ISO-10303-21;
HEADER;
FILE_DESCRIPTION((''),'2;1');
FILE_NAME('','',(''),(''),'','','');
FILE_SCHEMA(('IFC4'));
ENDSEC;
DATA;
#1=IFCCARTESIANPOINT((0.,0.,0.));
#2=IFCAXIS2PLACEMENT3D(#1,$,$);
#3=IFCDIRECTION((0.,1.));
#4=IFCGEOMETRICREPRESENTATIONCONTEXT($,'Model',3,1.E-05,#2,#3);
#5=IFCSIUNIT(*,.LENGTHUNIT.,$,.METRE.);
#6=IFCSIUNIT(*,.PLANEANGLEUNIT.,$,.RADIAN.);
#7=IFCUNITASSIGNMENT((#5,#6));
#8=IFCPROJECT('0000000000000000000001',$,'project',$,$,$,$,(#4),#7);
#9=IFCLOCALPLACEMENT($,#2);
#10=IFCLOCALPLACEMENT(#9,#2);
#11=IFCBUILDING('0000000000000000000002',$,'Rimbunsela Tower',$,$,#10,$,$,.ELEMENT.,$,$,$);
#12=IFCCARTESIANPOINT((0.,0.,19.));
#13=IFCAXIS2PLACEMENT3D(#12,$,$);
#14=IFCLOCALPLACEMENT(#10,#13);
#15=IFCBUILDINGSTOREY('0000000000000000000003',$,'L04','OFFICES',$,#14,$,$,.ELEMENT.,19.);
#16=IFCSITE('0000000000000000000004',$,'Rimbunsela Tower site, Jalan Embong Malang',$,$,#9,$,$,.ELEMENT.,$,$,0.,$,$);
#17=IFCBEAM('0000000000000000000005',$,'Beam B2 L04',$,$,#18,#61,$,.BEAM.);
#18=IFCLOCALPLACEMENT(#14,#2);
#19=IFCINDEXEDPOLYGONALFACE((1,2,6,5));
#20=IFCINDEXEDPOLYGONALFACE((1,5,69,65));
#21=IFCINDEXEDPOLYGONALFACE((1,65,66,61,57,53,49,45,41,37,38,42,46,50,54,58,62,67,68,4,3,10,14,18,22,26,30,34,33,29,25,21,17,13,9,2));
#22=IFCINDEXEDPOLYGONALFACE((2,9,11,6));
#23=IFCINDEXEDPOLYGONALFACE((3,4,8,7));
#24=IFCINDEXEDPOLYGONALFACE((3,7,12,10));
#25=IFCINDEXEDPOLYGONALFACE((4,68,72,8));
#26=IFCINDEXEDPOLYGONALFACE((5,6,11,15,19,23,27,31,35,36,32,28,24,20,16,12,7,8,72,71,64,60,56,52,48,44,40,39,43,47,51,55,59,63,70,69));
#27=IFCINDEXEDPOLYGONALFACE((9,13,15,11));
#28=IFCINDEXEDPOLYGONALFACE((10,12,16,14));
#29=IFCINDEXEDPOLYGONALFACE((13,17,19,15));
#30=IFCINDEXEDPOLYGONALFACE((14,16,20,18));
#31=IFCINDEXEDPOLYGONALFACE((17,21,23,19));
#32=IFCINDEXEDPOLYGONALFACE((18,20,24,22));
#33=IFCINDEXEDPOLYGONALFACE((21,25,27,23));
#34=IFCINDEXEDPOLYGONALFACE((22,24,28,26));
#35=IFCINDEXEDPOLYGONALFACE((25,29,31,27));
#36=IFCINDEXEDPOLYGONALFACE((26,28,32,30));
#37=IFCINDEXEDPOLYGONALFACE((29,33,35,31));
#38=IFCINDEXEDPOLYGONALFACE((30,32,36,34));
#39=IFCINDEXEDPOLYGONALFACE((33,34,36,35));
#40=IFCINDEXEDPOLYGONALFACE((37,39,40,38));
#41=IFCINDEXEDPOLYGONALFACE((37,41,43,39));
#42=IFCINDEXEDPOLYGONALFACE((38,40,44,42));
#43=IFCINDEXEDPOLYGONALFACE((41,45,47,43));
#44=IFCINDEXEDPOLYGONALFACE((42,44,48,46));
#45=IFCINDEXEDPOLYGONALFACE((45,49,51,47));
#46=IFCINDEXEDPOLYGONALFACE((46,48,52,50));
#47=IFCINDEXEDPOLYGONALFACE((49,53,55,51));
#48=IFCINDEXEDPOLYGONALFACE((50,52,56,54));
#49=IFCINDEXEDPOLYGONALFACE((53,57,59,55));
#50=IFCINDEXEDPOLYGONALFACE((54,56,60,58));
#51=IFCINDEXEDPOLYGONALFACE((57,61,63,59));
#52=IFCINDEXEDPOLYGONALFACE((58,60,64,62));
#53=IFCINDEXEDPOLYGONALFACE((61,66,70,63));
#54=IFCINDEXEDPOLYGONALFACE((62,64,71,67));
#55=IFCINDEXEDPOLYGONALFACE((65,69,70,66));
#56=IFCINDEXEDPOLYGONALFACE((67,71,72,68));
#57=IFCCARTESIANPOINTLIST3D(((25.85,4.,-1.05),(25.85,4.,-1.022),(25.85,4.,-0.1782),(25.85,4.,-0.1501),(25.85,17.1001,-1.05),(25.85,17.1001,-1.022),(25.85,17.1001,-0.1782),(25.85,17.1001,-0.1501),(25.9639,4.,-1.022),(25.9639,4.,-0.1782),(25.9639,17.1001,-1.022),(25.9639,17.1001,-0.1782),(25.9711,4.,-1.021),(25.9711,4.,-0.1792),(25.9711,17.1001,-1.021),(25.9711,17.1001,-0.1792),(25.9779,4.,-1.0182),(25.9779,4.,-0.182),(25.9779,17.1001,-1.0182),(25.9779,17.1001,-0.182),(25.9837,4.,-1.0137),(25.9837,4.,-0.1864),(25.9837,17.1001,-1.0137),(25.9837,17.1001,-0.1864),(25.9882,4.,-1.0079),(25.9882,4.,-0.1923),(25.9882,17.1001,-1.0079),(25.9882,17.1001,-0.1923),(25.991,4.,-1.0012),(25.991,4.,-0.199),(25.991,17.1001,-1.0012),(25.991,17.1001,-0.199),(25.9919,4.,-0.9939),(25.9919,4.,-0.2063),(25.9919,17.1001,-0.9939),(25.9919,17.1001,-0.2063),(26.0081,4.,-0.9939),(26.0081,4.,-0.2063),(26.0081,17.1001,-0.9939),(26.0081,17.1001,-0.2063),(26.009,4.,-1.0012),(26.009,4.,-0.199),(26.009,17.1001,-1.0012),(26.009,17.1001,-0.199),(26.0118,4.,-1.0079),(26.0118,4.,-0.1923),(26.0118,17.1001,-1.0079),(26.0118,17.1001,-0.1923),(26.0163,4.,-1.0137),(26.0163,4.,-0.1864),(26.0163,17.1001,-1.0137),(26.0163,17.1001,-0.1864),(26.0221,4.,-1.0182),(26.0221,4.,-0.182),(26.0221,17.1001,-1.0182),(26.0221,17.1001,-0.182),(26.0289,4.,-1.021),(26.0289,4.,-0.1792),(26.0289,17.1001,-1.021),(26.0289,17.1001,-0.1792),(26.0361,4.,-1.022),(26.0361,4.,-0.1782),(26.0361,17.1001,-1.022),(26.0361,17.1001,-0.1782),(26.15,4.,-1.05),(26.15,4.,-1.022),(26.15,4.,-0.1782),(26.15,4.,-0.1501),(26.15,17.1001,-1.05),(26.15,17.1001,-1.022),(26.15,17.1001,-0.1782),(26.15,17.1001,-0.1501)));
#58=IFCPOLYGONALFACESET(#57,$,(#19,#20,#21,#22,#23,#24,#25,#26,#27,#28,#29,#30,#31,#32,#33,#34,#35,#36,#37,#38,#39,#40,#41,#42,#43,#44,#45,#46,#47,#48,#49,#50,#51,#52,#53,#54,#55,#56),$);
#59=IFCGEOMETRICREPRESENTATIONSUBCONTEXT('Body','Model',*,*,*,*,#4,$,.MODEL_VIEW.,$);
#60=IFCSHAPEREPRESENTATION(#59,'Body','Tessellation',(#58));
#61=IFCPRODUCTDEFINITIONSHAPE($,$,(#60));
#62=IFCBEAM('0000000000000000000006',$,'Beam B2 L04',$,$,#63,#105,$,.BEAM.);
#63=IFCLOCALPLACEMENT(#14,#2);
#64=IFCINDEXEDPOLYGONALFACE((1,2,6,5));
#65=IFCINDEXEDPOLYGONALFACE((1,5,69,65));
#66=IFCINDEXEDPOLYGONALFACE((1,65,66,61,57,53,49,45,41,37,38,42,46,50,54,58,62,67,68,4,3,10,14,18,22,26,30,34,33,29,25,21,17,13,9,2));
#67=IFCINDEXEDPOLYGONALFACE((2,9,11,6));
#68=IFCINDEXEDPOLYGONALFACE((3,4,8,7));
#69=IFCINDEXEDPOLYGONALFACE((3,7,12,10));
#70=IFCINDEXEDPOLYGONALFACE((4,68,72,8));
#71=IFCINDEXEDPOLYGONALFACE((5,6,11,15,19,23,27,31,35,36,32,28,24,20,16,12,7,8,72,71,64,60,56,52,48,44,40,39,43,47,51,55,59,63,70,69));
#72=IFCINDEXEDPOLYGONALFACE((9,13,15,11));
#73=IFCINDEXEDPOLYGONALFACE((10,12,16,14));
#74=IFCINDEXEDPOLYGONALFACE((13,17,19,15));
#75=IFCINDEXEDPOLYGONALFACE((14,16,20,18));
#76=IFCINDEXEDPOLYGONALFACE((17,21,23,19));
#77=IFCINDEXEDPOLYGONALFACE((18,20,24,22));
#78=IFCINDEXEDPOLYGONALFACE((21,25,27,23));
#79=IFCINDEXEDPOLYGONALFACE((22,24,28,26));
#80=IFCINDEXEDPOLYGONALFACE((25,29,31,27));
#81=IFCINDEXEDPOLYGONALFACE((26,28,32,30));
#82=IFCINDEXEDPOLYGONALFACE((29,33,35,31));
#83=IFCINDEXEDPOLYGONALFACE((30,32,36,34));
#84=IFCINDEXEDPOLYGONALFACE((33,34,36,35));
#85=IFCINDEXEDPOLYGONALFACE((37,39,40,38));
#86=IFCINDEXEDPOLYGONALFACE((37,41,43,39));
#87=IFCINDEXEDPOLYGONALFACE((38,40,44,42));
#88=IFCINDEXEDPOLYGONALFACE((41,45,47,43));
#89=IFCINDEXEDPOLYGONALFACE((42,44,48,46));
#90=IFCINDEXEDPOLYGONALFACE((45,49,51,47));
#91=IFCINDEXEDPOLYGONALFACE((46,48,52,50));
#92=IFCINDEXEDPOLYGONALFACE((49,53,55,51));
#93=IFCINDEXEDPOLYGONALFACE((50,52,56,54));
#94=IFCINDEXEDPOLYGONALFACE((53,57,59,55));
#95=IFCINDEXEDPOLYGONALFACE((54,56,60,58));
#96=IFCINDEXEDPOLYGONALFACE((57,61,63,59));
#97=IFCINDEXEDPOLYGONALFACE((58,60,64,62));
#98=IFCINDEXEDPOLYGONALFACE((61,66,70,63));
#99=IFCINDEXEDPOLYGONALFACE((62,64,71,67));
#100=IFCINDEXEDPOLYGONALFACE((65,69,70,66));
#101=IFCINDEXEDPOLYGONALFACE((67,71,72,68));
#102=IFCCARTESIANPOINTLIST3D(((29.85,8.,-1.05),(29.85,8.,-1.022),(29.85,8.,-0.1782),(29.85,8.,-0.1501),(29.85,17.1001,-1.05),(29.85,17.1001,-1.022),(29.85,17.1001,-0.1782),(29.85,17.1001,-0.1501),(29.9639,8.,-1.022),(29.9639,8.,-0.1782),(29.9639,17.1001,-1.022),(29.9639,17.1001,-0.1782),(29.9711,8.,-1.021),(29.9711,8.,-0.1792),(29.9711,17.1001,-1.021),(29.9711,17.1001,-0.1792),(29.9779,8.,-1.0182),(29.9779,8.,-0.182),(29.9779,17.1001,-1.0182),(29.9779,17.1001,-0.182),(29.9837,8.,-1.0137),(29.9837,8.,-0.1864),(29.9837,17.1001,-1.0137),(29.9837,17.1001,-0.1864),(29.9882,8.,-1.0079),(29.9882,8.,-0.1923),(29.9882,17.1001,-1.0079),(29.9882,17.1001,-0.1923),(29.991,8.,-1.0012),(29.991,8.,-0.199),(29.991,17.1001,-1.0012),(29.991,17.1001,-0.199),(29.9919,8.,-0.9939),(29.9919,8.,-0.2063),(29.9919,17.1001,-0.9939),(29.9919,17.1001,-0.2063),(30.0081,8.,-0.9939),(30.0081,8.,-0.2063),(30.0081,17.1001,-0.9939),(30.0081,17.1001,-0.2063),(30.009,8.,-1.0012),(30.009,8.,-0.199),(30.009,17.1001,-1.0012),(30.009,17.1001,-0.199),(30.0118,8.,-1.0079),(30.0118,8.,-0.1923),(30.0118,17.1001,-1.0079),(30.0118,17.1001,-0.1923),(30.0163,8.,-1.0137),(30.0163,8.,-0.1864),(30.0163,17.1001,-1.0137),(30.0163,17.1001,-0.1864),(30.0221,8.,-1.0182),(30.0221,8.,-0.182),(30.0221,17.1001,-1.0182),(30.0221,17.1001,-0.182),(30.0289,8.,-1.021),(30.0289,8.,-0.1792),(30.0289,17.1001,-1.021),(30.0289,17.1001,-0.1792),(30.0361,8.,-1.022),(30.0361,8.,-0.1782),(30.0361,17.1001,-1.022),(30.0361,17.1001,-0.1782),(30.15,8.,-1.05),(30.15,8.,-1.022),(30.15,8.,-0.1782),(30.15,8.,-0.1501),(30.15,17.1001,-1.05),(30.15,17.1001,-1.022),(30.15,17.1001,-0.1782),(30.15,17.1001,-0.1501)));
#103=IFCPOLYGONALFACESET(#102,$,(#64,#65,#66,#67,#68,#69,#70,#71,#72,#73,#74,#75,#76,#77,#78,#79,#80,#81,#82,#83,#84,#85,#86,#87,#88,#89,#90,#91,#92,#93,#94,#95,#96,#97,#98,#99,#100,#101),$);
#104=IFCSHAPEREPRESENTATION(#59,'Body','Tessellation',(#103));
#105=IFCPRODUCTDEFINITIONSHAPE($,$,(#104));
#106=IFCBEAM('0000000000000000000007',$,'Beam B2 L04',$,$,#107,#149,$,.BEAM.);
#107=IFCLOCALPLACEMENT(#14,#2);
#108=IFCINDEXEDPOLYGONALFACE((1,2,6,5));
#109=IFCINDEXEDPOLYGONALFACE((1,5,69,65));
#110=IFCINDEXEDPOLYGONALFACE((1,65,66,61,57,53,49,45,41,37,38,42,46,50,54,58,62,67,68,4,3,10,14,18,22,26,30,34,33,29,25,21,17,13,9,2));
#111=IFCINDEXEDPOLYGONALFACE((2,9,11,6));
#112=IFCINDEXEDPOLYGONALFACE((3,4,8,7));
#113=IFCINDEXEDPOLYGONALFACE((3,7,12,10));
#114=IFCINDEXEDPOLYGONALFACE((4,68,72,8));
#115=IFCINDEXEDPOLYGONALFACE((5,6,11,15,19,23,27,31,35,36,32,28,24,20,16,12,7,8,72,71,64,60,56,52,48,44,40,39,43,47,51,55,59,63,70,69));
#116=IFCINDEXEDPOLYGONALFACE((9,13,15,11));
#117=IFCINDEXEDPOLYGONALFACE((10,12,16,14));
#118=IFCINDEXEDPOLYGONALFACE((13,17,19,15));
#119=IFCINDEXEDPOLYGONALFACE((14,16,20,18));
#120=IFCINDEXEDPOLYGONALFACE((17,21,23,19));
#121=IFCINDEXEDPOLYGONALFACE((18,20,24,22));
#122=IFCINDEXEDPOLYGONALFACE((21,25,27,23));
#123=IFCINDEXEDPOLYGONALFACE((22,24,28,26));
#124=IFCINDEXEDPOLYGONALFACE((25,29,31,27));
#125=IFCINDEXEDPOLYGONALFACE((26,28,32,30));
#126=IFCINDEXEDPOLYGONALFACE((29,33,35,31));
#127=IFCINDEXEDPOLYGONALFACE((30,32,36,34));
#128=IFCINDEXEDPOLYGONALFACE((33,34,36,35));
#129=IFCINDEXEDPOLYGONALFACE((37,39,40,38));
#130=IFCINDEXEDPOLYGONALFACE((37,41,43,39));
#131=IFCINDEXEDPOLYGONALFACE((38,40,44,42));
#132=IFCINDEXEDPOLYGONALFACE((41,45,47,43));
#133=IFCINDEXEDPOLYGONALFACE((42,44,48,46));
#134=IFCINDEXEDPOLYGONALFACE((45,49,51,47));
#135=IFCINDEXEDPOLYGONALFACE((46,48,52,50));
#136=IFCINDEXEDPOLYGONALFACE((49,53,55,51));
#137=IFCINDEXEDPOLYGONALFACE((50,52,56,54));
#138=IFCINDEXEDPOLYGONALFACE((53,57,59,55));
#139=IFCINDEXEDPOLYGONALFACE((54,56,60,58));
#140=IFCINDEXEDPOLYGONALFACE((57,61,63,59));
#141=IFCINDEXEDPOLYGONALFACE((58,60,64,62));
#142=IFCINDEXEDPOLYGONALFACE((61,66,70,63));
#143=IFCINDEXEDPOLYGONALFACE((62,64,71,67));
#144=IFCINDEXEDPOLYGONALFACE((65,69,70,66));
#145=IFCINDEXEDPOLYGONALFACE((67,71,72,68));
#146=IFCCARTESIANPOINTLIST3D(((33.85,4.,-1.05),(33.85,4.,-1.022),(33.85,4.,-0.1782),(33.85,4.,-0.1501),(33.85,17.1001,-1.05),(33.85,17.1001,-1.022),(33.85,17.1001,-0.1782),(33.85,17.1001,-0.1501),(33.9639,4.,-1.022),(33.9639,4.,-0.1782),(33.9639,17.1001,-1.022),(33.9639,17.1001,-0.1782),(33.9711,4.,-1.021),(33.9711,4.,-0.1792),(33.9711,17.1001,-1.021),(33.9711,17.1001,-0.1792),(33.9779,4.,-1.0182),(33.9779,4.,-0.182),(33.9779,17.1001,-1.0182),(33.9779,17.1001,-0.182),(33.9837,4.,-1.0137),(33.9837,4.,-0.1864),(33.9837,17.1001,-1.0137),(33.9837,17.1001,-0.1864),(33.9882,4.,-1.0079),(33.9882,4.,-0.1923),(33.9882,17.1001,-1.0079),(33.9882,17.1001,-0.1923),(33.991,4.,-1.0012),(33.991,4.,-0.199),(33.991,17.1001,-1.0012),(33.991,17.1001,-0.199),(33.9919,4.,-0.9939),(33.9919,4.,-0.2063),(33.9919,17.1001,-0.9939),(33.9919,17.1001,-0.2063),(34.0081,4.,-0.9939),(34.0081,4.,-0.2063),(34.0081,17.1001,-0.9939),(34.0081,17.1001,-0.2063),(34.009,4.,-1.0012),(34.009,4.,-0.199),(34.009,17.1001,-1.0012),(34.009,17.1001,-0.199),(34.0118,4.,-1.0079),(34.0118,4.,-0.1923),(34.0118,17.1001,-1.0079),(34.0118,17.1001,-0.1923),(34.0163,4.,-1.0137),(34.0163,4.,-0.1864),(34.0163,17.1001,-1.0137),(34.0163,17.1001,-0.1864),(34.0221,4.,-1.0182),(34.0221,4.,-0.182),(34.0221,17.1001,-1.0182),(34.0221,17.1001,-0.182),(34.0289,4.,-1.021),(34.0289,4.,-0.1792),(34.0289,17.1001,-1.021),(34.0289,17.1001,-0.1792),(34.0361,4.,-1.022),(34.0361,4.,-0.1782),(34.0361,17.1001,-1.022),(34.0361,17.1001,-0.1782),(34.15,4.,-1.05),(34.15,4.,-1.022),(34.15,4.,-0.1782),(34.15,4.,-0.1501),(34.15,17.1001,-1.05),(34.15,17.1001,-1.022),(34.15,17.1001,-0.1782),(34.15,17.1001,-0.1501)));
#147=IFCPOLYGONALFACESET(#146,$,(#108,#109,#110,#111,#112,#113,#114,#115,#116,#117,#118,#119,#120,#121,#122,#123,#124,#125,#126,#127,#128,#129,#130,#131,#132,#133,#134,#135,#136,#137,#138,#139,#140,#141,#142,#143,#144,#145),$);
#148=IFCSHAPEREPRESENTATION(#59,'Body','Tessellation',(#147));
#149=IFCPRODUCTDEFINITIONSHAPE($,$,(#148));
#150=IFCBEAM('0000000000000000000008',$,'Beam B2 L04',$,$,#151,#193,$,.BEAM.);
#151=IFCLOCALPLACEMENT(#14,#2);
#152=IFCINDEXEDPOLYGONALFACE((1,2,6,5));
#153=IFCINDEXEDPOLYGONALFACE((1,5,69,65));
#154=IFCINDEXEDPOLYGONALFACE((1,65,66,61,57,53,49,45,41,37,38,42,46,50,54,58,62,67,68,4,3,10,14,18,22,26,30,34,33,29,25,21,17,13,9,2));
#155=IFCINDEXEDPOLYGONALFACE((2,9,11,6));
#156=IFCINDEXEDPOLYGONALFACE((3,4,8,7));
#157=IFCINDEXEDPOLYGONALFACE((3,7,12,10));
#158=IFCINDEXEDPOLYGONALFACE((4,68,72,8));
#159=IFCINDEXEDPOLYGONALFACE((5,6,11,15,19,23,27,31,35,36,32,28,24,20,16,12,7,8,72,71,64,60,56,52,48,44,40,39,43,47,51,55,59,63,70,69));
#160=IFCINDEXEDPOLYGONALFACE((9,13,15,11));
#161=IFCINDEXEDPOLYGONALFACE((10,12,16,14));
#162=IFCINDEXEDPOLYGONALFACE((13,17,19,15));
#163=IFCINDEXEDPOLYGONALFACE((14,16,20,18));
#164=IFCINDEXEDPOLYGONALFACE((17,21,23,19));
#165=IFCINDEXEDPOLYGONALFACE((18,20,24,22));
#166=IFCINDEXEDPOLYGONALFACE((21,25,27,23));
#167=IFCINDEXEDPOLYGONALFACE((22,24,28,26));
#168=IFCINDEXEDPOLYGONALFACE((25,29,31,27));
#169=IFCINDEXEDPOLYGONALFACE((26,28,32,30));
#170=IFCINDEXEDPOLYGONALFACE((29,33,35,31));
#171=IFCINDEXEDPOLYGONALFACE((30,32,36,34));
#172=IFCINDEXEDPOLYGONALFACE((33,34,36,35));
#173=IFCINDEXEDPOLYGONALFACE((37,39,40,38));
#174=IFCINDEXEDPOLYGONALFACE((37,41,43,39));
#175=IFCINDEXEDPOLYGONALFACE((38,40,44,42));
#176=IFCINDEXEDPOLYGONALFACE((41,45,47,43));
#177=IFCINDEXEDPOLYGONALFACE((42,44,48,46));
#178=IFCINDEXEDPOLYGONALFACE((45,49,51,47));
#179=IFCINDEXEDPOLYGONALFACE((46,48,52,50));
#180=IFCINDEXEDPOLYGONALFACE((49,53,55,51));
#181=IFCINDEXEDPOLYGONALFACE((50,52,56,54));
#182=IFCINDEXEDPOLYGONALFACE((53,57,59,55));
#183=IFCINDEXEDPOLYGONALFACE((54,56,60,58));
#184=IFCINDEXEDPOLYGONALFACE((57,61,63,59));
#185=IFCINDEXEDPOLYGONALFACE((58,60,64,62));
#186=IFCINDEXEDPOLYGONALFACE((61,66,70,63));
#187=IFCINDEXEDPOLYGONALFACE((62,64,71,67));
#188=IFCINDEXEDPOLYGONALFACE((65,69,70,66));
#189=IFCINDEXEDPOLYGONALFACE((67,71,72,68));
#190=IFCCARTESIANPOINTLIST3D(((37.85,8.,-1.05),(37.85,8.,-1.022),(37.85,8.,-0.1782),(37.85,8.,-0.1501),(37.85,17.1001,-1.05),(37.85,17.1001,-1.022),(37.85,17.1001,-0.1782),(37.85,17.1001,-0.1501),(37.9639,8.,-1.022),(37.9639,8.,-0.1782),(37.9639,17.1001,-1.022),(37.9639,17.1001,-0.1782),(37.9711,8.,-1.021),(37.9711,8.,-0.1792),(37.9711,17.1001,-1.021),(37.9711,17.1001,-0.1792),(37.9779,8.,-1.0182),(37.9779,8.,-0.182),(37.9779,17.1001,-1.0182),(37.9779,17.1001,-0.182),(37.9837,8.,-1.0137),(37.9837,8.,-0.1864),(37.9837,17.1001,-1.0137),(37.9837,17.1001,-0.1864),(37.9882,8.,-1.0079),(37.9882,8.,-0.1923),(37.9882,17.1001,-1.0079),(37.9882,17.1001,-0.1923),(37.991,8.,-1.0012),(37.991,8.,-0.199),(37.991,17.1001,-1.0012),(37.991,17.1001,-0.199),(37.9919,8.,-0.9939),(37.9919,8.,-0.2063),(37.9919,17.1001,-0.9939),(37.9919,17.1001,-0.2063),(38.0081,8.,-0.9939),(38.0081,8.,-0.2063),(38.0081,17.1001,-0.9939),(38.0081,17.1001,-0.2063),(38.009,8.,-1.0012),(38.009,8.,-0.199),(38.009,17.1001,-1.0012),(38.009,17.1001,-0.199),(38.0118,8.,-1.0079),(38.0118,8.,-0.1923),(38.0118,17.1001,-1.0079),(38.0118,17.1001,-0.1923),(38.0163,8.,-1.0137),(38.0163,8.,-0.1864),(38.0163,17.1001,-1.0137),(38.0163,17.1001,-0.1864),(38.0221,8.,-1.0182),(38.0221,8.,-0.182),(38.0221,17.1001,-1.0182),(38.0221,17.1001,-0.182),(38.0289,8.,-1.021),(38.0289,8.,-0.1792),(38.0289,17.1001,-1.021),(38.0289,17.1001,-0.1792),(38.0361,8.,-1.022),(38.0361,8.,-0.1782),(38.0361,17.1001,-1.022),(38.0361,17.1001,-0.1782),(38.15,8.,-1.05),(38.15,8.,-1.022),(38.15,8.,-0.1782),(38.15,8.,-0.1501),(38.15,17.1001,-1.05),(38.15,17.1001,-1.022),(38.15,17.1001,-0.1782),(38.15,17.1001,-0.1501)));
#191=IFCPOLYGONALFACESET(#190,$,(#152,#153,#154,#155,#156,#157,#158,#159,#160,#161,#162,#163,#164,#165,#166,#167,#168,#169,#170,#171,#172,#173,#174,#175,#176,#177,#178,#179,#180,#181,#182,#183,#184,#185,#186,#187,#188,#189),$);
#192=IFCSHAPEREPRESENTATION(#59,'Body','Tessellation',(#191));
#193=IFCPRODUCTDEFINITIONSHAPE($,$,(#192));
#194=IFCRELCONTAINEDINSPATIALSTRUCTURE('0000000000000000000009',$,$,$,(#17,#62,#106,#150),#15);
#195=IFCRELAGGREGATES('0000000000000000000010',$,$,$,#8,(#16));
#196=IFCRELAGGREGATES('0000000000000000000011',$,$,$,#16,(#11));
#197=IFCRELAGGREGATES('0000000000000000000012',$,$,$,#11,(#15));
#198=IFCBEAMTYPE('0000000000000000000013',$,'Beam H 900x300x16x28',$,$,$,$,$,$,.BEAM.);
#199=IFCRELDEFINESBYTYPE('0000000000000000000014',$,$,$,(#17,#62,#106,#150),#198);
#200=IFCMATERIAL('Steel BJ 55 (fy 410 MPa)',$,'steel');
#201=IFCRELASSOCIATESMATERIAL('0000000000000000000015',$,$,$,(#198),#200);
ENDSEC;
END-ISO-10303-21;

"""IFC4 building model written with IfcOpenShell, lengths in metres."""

from ifc_helpers import new_model, si_unit, direction, frame, origin, origin_2d, place, context, subcontext, project, spatial, i_section, extrude, material, material_profile, profile_set, type_object, element, save


model = new_model("IFC4")

# Units and contexts
model_context = context("Model", 3, precision=1e-05, world=origin(), true_north=direction((0.0, 1.0)))
body_context = subcontext(model_context, "Body", "Model", "MODEL_VIEW")
ifc_project = project(units=[si_unit("LENGTHUNIT", "METRE"), si_unit("PLANEANGLEUNIT", "RADIAN")], contexts=[model_context])

# Site, building, storey
site_placement = place(None, origin())
site = spatial("IfcSite", under=ifc_project, at=site_placement, Name="Rimbunsela Tower site, Jalan Embong Malang", CompositionType="ELEMENT", RefElevation=0.0)
building_placement = place(site_placement, origin())
building = spatial("IfcBuilding", under=site, at=building_placement, Name="Rimbunsela Tower", CompositionType="ELEMENT")
storey_placement = place(building_placement, frame((0.0, 0.0, 19.0)))
storey = spatial("IfcBuildingStorey", under=building, at=storey_placement, Name="L04", Description="OFFICES", CompositionType="ELEMENT", Elevation=19.0)

# Beams
ifc_material_1 = material(Name="Steel BJ 55 (fy 410 MPa)", Category="steel")
ifc_material_profile_1 = material_profile(ifc_material_1, i_section(OverallWidth=0.3, OverallDepth=0.8999, WebThickness=0.0161, FlangeThickness=0.0281, FilletRadius=0.0281, at=origin_2d()), Name="H 900x300x16x28")
ifc_profile_set_1 = profile_set([ifc_material_profile_1], Name="Steel BJ 55 (fy 410 MPa)")
beam_type_1 = type_object("IfcBeamType", Name="Beam H 900x300x16x28", PredefinedType="BEAM", material=ifc_profile_set_1)
beam_1_placement = place(storey_placement, frame((26.0, 4.0, -0.6001), z_axis=(0.0, 1.0, 0.0), x_axis=(-1.0, 0.0, 0.0)))
element("IfcBeam", 1, at=beam_1_placement, inside=storey, type_object=beam_type_1, Name="Beam B2 L04", PredefinedType="BEAM", context=body_context, shape_type="SweptSolid", body=[
    extrude(i_section(OverallWidth=0.3, OverallDepth=0.8999, WebThickness=0.0161, FlangeThickness=0.0281, FilletRadius=0.0281, at=origin_2d()), origin(), (0.0, 0.0, 1.0), 13.1001),
])
beam_2_placement = place(storey_placement, frame((30.0, 8.0, -0.6001), z_axis=(0.0, 1.0, 0.0), x_axis=(-1.0, 0.0, 0.0)))
element("IfcBeam", 2, at=beam_2_placement, inside=storey, type_object=beam_type_1, Name="Beam B2 L04", PredefinedType="BEAM", context=body_context, shape_type="SweptSolid", body=[
    extrude(i_section(OverallWidth=0.3, OverallDepth=0.8999, WebThickness=0.0161, FlangeThickness=0.0281, FilletRadius=0.0281, at=origin_2d()), origin(), (0.0, 0.0, 1.0), 9.1001),
])
beam_3_placement = place(storey_placement, frame((34.0, 4.0, -0.6001), z_axis=(0.0, 1.0, 0.0), x_axis=(-1.0, 0.0, 0.0)))
element("IfcBeam", 3, at=beam_3_placement, inside=storey, type_object=beam_type_1, Name="Beam B2 L04", PredefinedType="BEAM", context=body_context, shape_type="SweptSolid", body=[
    extrude(i_section(OverallWidth=0.3, OverallDepth=0.8999, WebThickness=0.0161, FlangeThickness=0.0281, FilletRadius=0.0281, at=origin_2d()), origin(), (0.0, 0.0, 1.0), 13.1001),
])
beam_4_placement = place(storey_placement, frame((38.0, 8.0, -0.6001), z_axis=(0.0, 1.0, 0.0), x_axis=(-1.0, 0.0, 0.0)))
element("IfcBeam", 4, at=beam_4_placement, inside=storey, type_object=beam_type_1, Name="Beam B2 L04", PredefinedType="BEAM", context=body_context, shape_type="SweptSolid", body=[
    extrude(i_section(OverallWidth=0.3, OverallDepth=0.8999, WebThickness=0.0161, FlangeThickness=0.0281, FilletRadius=0.0281, at=origin_2d()), origin(), (0.0, 0.0, 1.0), 9.1001),
])

save(model, "model.ifc")
